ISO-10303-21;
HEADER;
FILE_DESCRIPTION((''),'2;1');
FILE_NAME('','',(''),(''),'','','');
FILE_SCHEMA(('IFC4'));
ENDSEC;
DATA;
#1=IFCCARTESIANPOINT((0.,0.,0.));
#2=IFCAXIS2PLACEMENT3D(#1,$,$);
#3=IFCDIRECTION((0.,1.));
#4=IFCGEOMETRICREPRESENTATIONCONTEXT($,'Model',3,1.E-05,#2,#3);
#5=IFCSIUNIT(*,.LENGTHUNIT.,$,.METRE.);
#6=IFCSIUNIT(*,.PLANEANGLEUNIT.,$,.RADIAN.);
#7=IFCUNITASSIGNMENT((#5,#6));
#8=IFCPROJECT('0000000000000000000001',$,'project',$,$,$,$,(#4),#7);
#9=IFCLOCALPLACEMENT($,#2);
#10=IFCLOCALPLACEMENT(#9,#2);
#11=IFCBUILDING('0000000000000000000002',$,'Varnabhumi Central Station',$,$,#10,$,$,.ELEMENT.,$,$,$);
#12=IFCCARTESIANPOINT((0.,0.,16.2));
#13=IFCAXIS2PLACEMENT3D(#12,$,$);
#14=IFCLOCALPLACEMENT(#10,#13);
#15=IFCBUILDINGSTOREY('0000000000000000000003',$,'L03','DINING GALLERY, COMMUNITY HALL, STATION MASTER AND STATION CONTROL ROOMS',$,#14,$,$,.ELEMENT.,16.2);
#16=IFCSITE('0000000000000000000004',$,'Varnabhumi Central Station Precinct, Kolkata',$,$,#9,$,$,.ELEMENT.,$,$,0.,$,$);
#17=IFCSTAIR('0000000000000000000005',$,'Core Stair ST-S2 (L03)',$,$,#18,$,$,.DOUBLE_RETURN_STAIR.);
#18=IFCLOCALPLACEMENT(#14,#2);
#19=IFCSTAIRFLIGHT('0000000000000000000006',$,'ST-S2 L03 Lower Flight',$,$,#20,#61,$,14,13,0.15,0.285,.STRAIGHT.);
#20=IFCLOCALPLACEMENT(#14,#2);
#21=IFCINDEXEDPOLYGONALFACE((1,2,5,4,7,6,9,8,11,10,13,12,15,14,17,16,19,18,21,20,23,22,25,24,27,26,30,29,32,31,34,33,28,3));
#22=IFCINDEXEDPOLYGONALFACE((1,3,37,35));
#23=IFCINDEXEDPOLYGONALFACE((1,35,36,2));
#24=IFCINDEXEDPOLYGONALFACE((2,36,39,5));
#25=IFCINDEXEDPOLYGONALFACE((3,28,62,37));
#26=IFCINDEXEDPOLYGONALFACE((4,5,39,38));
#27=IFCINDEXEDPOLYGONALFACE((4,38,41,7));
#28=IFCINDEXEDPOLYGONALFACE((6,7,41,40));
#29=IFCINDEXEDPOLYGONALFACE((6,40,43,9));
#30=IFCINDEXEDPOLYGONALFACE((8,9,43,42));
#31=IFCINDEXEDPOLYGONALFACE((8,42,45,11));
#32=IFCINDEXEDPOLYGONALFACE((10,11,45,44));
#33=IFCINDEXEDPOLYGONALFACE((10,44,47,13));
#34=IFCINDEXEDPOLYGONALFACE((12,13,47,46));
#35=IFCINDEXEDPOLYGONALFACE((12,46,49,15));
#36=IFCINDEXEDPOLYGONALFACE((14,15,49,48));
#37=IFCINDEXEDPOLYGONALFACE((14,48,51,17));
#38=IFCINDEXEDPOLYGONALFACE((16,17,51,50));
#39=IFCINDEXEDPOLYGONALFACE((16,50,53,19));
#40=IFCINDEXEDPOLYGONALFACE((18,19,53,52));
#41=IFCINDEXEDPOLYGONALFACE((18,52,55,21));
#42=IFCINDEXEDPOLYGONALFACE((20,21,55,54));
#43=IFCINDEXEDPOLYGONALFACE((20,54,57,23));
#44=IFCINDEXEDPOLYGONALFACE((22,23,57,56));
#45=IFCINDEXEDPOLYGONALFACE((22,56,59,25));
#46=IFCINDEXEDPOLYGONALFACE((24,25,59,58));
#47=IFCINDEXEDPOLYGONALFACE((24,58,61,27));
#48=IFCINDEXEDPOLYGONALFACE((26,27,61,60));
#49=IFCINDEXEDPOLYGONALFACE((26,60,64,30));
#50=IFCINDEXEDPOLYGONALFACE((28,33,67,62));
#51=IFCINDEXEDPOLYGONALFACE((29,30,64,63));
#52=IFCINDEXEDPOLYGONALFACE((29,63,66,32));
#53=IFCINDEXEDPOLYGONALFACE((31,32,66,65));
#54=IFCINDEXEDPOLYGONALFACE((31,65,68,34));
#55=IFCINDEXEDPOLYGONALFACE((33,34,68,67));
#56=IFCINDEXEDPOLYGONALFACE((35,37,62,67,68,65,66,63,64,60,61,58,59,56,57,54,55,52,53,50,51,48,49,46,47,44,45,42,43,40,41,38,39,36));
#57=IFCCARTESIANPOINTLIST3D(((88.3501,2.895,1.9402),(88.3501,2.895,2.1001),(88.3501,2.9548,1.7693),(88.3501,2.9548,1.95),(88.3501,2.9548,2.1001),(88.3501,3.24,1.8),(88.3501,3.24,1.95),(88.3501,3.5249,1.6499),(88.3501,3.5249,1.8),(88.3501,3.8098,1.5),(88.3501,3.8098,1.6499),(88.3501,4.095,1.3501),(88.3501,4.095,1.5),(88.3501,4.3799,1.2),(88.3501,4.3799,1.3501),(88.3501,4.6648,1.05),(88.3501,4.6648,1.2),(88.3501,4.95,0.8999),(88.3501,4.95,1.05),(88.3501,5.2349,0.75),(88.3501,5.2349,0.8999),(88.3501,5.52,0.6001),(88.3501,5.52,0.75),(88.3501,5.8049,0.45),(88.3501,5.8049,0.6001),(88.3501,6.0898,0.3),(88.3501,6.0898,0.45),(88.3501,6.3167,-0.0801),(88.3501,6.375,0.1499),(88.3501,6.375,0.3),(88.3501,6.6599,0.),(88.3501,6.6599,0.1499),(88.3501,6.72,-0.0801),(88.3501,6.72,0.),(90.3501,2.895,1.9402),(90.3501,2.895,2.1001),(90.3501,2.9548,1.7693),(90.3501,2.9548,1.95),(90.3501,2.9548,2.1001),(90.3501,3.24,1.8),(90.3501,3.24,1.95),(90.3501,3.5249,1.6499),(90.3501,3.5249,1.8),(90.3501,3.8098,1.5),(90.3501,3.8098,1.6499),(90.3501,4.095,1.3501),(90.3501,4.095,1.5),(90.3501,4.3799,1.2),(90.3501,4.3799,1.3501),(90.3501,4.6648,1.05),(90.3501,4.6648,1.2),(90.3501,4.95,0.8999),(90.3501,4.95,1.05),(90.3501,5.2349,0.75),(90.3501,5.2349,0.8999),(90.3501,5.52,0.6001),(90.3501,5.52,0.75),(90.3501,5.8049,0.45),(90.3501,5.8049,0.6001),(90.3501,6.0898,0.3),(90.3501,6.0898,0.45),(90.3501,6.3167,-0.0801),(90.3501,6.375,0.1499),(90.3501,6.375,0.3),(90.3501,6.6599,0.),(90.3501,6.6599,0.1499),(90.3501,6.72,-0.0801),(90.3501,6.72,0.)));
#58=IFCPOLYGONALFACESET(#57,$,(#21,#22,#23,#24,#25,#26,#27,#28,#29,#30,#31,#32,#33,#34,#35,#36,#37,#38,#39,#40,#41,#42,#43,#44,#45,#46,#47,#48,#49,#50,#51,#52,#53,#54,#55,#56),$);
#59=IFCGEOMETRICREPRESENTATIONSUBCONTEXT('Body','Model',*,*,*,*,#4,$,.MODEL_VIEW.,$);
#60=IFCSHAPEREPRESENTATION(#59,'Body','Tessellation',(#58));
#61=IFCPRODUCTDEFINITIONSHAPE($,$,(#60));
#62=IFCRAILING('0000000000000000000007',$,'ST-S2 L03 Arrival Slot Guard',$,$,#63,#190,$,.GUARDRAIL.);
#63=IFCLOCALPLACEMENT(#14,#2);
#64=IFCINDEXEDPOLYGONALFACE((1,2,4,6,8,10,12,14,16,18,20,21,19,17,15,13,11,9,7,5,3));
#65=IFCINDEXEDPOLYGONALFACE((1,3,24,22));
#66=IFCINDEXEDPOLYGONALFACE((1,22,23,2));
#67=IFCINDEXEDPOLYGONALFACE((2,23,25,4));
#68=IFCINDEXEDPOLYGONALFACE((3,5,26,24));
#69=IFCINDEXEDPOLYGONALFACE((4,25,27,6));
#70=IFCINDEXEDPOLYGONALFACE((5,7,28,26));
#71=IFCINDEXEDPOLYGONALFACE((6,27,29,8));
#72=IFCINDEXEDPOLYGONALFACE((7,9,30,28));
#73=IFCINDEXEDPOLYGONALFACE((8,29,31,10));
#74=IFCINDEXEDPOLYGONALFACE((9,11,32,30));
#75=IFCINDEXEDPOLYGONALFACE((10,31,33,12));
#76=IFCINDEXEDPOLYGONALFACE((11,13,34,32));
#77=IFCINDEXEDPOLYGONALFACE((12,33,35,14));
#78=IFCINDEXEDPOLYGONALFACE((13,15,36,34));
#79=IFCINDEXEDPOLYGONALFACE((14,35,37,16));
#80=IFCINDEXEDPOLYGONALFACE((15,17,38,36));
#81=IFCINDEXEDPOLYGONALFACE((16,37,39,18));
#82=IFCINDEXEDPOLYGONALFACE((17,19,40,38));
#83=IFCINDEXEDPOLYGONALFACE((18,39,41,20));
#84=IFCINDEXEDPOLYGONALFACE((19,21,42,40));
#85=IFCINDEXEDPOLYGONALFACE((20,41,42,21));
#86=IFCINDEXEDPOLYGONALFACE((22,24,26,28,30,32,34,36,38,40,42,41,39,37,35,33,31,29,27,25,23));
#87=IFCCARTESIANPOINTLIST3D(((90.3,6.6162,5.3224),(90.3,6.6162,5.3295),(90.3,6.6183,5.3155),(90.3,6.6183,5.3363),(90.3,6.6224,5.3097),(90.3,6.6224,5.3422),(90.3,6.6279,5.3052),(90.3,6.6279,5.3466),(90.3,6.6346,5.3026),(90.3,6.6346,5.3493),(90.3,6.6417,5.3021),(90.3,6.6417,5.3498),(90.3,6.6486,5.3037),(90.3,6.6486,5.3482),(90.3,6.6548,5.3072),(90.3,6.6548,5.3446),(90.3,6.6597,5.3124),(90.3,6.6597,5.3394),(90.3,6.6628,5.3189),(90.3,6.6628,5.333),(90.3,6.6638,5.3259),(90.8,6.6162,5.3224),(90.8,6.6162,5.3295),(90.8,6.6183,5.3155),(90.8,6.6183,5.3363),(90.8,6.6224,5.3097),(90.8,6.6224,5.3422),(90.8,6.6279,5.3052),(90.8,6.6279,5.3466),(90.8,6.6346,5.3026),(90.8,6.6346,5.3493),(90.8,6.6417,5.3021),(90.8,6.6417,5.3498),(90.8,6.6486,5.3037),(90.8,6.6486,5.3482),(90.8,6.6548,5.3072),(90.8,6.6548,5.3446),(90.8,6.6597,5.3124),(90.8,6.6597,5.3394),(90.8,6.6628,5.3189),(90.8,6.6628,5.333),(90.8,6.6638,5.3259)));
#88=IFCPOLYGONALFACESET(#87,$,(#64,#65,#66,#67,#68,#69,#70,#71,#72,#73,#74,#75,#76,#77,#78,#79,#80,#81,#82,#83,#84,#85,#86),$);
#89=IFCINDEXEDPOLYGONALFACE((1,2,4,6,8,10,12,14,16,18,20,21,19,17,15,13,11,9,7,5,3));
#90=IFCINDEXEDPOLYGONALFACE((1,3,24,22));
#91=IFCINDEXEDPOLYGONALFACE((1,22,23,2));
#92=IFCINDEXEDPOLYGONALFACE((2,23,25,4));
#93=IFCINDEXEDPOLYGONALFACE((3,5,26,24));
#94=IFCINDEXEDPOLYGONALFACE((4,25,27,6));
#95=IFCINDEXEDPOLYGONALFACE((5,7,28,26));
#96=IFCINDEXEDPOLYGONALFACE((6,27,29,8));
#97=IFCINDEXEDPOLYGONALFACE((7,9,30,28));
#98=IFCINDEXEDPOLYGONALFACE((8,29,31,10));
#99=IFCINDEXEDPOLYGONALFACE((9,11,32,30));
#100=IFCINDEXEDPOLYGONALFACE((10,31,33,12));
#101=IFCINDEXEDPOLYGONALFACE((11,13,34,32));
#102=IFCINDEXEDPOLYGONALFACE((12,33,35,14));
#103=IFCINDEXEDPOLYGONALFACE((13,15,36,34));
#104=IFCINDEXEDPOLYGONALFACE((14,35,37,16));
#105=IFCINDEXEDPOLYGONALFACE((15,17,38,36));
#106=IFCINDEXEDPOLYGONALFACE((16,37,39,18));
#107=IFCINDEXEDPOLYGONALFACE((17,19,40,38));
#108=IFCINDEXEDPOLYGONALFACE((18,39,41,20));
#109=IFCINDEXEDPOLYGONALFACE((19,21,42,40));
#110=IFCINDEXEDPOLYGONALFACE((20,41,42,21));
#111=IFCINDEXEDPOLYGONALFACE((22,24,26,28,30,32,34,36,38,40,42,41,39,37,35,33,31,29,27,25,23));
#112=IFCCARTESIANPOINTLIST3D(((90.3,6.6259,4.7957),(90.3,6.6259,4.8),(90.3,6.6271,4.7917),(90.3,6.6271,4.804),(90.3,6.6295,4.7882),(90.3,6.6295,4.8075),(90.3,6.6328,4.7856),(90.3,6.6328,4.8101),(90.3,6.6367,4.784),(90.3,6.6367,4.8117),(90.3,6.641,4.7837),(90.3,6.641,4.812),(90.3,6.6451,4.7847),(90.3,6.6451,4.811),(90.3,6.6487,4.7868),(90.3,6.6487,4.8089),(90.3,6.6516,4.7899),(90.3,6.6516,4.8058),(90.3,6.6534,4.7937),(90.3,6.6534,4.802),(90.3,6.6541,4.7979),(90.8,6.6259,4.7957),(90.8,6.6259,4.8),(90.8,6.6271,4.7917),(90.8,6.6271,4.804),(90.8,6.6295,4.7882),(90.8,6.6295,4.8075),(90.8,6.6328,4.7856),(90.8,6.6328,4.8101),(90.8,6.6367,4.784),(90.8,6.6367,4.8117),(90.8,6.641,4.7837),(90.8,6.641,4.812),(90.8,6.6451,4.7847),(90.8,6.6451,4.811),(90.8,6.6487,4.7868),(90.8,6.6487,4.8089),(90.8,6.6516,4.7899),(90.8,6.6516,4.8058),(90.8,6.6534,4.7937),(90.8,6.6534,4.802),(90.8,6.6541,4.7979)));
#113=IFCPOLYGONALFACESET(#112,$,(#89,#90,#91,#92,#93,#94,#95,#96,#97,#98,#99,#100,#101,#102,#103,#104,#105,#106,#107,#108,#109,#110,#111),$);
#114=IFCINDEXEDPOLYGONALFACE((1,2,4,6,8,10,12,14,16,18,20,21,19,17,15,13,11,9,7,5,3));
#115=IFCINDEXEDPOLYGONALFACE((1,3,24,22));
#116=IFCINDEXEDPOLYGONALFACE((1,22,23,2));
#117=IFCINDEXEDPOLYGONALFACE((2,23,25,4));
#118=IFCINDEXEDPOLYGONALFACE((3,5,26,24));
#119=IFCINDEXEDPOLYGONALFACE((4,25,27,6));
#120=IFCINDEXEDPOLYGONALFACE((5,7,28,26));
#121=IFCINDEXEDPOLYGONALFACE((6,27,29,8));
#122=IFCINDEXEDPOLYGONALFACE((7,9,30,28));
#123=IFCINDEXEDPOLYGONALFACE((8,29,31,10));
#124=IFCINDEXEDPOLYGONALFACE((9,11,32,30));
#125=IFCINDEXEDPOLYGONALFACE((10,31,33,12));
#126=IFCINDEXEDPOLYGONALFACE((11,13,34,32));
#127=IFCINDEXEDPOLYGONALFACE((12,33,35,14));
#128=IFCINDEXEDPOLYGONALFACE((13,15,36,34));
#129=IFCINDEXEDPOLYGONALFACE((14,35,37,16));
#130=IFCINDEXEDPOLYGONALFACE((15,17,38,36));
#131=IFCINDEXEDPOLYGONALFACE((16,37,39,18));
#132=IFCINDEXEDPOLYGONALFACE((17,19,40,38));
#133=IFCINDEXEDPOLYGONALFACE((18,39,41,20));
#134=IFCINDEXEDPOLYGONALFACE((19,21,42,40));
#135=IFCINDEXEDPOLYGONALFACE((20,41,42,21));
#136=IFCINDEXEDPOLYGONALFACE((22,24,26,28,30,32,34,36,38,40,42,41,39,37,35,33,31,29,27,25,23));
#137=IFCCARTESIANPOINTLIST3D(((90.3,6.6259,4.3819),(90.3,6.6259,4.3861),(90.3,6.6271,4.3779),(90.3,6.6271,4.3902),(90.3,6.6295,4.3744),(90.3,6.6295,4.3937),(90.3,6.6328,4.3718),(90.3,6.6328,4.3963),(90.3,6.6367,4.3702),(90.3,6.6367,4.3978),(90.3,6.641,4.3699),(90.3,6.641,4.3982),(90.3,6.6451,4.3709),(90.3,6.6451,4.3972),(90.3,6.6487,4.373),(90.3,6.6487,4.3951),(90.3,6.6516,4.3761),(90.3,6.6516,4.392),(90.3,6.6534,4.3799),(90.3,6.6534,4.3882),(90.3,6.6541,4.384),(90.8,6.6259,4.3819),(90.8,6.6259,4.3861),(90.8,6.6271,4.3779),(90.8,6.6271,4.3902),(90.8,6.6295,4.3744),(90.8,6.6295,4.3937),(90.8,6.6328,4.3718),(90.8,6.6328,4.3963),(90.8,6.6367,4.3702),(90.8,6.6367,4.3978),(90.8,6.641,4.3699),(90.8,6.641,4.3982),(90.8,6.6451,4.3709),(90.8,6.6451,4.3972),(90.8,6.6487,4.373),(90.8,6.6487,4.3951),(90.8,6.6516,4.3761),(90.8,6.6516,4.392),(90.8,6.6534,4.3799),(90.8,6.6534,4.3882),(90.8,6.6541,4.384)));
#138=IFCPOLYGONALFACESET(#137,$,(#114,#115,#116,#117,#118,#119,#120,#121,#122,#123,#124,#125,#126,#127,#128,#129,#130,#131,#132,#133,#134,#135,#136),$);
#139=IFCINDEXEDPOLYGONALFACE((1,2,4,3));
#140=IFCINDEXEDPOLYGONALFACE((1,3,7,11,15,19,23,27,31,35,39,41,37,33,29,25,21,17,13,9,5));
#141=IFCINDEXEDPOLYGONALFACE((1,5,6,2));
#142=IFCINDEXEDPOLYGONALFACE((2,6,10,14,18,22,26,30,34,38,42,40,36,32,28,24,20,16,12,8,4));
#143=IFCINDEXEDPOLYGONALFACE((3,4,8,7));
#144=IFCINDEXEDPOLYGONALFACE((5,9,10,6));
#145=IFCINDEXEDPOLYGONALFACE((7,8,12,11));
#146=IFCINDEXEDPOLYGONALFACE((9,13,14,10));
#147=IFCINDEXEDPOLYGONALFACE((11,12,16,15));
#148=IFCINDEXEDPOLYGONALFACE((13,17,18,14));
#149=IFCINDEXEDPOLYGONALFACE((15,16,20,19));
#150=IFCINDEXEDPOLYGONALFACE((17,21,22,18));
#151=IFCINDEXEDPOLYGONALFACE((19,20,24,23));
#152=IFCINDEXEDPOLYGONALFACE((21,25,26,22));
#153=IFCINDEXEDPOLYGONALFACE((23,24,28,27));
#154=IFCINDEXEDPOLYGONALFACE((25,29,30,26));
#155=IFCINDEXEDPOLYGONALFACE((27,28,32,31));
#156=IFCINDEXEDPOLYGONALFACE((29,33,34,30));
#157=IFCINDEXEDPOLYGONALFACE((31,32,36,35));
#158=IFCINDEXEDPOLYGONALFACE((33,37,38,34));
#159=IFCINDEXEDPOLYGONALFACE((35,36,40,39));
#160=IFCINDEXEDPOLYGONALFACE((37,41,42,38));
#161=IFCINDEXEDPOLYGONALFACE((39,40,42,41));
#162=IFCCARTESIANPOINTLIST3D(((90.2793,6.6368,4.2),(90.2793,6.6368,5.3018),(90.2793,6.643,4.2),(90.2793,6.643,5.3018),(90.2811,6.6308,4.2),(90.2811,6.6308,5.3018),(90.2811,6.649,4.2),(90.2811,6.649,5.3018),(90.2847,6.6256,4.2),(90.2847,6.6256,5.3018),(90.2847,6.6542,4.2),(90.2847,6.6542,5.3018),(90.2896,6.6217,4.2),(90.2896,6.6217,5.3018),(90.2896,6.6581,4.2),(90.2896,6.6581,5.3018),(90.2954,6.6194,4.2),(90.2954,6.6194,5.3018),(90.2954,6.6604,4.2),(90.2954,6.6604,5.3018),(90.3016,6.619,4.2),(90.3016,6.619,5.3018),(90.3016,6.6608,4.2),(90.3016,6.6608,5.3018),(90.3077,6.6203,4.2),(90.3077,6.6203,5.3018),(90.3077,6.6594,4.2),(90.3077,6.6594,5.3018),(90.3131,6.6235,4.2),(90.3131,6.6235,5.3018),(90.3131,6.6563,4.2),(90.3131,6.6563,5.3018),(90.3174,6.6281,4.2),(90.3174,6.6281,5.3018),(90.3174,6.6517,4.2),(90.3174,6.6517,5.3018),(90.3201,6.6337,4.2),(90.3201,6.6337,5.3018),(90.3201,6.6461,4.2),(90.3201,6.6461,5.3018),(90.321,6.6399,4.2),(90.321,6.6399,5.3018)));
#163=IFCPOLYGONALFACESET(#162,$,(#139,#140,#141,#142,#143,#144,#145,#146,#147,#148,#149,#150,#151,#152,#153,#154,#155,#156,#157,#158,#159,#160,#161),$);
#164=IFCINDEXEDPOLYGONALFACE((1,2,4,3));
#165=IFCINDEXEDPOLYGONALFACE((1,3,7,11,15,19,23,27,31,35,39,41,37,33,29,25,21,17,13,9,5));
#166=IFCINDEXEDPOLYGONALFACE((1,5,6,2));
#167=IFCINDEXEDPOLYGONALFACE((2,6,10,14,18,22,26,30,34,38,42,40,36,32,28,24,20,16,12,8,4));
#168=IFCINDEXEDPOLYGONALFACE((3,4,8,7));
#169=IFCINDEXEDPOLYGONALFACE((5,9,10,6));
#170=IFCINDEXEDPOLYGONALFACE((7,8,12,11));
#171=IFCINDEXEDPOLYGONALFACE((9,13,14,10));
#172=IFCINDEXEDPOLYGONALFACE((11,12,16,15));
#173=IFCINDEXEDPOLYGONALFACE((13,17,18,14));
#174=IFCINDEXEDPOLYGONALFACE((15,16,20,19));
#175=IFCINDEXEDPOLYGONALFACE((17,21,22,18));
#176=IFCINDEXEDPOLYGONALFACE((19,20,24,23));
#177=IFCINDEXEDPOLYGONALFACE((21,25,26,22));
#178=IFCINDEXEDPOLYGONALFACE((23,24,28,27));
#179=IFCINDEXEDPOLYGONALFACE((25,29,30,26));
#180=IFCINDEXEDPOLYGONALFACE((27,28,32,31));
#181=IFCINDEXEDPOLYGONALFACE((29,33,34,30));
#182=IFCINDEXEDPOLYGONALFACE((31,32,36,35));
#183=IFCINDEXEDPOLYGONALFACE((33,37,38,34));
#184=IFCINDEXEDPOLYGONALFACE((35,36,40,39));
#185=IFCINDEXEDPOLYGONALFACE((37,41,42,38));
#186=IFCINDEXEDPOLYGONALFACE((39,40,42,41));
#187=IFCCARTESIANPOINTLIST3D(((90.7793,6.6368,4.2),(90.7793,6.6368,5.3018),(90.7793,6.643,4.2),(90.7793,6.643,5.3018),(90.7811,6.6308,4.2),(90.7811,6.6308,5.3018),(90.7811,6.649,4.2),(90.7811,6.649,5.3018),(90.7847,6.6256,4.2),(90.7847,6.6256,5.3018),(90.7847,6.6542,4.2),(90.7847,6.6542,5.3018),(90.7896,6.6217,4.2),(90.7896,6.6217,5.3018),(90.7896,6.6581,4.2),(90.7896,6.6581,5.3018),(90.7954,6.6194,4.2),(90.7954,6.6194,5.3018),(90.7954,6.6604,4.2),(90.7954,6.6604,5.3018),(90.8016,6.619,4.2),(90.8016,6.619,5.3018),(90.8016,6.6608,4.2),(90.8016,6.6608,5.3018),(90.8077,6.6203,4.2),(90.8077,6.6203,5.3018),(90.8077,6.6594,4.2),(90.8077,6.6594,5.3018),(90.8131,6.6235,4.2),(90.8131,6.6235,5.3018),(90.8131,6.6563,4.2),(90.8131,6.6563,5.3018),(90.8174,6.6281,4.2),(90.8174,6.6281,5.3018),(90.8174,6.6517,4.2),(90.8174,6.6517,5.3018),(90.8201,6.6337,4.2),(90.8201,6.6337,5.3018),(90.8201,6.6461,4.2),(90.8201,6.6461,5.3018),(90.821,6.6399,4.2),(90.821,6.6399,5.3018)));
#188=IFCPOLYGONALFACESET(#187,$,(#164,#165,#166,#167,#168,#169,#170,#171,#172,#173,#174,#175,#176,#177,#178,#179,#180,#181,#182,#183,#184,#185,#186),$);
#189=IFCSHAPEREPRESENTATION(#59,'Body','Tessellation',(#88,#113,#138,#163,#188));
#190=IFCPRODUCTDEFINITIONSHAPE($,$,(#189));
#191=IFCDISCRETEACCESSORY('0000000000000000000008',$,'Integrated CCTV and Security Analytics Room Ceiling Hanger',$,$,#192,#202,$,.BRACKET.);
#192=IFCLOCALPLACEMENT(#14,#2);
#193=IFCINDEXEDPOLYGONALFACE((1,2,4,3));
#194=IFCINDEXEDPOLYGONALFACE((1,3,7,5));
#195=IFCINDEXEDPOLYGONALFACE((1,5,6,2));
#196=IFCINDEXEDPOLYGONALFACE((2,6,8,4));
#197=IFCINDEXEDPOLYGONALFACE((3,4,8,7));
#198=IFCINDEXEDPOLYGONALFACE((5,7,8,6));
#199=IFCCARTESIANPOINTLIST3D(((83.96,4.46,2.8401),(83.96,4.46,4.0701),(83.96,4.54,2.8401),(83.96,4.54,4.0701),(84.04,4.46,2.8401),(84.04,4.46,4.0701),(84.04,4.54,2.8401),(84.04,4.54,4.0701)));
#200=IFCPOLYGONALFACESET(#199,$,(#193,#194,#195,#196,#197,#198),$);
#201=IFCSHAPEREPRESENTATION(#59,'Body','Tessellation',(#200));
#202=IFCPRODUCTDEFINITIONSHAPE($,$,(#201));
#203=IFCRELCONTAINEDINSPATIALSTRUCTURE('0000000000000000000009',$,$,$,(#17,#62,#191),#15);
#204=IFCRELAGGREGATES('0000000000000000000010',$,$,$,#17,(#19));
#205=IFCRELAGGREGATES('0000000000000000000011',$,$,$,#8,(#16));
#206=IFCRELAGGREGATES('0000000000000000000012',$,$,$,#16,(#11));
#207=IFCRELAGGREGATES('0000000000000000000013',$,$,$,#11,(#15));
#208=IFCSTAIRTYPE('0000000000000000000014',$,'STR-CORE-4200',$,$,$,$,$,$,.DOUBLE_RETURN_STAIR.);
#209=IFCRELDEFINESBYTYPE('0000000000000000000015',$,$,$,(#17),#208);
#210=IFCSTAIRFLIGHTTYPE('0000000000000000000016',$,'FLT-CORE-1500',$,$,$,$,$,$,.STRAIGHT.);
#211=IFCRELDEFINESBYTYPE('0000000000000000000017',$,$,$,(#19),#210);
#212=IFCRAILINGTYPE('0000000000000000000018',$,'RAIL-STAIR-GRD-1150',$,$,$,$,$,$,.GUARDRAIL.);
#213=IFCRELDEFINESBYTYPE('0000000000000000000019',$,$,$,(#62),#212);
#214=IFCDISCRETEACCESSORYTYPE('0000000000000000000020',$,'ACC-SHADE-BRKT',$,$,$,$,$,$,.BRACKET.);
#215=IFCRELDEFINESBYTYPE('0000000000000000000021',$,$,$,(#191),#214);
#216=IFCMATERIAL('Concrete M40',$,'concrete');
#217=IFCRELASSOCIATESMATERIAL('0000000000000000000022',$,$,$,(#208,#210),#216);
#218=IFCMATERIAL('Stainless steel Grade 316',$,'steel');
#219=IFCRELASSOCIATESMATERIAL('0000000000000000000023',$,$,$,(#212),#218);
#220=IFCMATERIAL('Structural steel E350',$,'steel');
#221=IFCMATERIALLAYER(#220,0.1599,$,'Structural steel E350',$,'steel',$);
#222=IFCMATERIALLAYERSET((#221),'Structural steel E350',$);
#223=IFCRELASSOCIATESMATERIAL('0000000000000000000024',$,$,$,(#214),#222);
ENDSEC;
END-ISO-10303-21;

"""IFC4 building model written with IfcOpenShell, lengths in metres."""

from ifc_helpers import new_model, si_unit, direction, frame, origin, origin_2d, place, context, subcontext, project, spatial, polyline, rectangle, circle, outline, extrude, material, layer, layer_set, type_object, element, aggregate, save


model = new_model("IFC4")

# Units and contexts
model_context = context("Model", 3, precision=1e-05, world=origin(), true_north=direction((0.0, 1.0)))
body_context = subcontext(model_context, "Body", "Model", "MODEL_VIEW")
ifc_project = project(units=[si_unit("LENGTHUNIT", "METRE"), si_unit("PLANEANGLEUNIT", "RADIAN")], contexts=[model_context])

# Site, building, storey
site_placement = place(None, origin())
site = spatial("IfcSite", under=ifc_project, at=site_placement, Name="Varnabhumi Central Station Precinct, Kolkata", CompositionType="ELEMENT", RefElevation=0.0)
building_placement = place(site_placement, origin())
building = spatial("IfcBuilding", under=site, at=building_placement, Name="Varnabhumi Central Station", CompositionType="ELEMENT")
storey_placement = place(building_placement, frame((0.0, 0.0, 16.2)))
storey = spatial("IfcBuildingStorey", under=building, at=storey_placement, Name="L03", Description="DINING GALLERY, COMMUNITY HALL, STATION MASTER AND STATION CONTROL ROOMS", CompositionType="ELEMENT", Elevation=16.2)

# Shared definitions
ifc_material_1 = material(Name="Concrete M40", Category="concrete")

# Shared definitions
ifc_material_2 = material(Name="Structural steel E350", Category="steel")

# Stair, stair flight
stair_type = type_object("IfcStairType", Name="STR-CORE-4200", PredefinedType="DOUBLE_RETURN_STAIR", material=ifc_material_1)
stair_placement = place(storey_placement, origin())
stair = element("IfcStair", 1, at=stair_placement, inside=storey, type_object=stair_type, Name="Core Stair ST-S2 (L03)", PredefinedType="DOUBLE_RETURN_STAIR")
stair_flight_type = type_object("IfcStairFlightType", Name="FLT-CORE-1500", PredefinedType="STRAIGHT", material=ifc_material_1)
stair_flight_placement = place(storey_placement, frame((89.3501, 6.6599, 0.0), z_axis=(0.0, 0.0, 1.0), x_axis=(0.0, -1.0, 0.0)))
stair_flight = element("IfcStairFlight", 2, at=stair_flight_placement, type_object=stair_flight_type, Name="ST-S2 L03 Lower Flight", NumberOfRisers=14, NumberOfTreads=13, PredefinedType="STRAIGHT", RiserHeight=0.15, TreadLength=0.285, context=body_context, shape_type="SweptSolid", body=[
    extrude(outline(polyline([(-0.0601, -0.0801), (-0.0601, 0.0), (0.0, 0.0), (0.0, 0.1499), (0.2849, 0.1499), (0.2849, 0.3), (0.5701, 0.3), (0.5701, 0.45), (0.855, 0.45), (0.855, 0.6001), (1.1399, 0.6001), (1.1399, 0.75), (1.425, 0.75), (1.425, 0.8999), (1.71, 0.8999), (1.71, 1.05), (1.9951, 1.05), (1.9951, 1.2), (2.28, 1.2), (2.28, 1.3501), (2.5649, 1.3501), (2.5649, 1.5), (2.8501, 1.5), (2.8501, 1.6499), (3.135, 1.6499), (3.135, 1.8), (3.4199, 1.8), (3.4199, 1.95), (3.7051, 1.95), (3.7051, 2.1001), (3.7649, 2.1001), (3.7649, 1.9402), (3.7051, 1.7693), (0.3433, -0.0801), (-0.0601, -0.0801)])), frame((0.0, 1.0, 0.0), z_axis=(0.0, -1.0, 0.0), x_axis=(1.0, 0.0, 0.0)), (0.0, 0.0, 1.0), 2.0),
])
aggregate(stair, [stair_flight])

# Railing
ifc_material_3 = material(Name="Stainless steel Grade 316", Category="steel")
railing_type_1 = type_object("IfcRailingType", Name="RAIL-STAIR-GRD-1150", PredefinedType="GUARDRAIL", material=ifc_material_3)
railing_1_placement = place(storey_placement, frame((90.3, 6.6399, 4.2)))
element("IfcRailing", 3, at=railing_1_placement, inside=storey, type_object=railing_type_1, Name="ST-S2 L03 Arrival Slot Guard", PredefinedType="GUARDRAIL", context=body_context, shape_type="SweptSolid", body=[
    extrude(circle(Radius=0.0239, at=origin_2d()), frame((0.0, 0.0, 1.126), z_axis=(1.0, 0.0, 0.0), x_axis=(0.0, 1.0, 0.0)), (0.0, 0.0, 1.0), 0.5),
    extrude(circle(Radius=0.0142, at=origin_2d()), frame((0.0, 0.0, 0.5979), z_axis=(1.0, 0.0, 0.0), x_axis=(0.0, 1.0, 0.0)), (0.0, 0.0, 1.0), 0.5),
    extrude(circle(Radius=0.0142, at=origin_2d()), frame((0.0, 0.0, 0.1841), z_axis=(1.0, 0.0, 0.0), x_axis=(0.0, 1.0, 0.0)), (0.0, 0.0, 1.0), 0.5),
    extrude(circle(Radius=0.021, at=origin_2d()), origin(), (0.0, 0.0, 1.0), 1.1018),
    extrude(circle(Radius=0.021, at=origin_2d()), frame((0.5, 0.0, 0.0)), (0.0, 0.0, 1.0), 1.1018),
])

# Discrete accessory
ifc_layer_1 = layer(ifc_material_2, 0.1599, Name="Structural steel E350", Category="steel")
ifc_layer_set_1 = layer_set([ifc_layer_1], Name="Structural steel E350")
discrete_accessory_type = type_object("IfcDiscreteAccessoryType", Name="ACC-SHADE-BRKT", PredefinedType="BRACKET", material=ifc_layer_set_1)
discrete_accessory_placement = place(storey_placement, frame((84.0, 4.5, 2.8401), z_axis=(0.0, 0.0, 1.0), x_axis=(1.0, 0.0, 0.0)))
element("IfcDiscreteAccessory", 4, at=discrete_accessory_placement, inside=storey, type_object=discrete_accessory_type, Name="Integrated CCTV and Security Analytics Room Ceiling Hanger", PredefinedType="BRACKET", context=body_context, shape_type="SweptSolid", body=[
    extrude(rectangle(XDim=0.0801, YDim=0.0801, at=origin_2d()), origin(), (0.0, 0.0, 1.0), 1.23),
])

save(model, "model.ifc")
